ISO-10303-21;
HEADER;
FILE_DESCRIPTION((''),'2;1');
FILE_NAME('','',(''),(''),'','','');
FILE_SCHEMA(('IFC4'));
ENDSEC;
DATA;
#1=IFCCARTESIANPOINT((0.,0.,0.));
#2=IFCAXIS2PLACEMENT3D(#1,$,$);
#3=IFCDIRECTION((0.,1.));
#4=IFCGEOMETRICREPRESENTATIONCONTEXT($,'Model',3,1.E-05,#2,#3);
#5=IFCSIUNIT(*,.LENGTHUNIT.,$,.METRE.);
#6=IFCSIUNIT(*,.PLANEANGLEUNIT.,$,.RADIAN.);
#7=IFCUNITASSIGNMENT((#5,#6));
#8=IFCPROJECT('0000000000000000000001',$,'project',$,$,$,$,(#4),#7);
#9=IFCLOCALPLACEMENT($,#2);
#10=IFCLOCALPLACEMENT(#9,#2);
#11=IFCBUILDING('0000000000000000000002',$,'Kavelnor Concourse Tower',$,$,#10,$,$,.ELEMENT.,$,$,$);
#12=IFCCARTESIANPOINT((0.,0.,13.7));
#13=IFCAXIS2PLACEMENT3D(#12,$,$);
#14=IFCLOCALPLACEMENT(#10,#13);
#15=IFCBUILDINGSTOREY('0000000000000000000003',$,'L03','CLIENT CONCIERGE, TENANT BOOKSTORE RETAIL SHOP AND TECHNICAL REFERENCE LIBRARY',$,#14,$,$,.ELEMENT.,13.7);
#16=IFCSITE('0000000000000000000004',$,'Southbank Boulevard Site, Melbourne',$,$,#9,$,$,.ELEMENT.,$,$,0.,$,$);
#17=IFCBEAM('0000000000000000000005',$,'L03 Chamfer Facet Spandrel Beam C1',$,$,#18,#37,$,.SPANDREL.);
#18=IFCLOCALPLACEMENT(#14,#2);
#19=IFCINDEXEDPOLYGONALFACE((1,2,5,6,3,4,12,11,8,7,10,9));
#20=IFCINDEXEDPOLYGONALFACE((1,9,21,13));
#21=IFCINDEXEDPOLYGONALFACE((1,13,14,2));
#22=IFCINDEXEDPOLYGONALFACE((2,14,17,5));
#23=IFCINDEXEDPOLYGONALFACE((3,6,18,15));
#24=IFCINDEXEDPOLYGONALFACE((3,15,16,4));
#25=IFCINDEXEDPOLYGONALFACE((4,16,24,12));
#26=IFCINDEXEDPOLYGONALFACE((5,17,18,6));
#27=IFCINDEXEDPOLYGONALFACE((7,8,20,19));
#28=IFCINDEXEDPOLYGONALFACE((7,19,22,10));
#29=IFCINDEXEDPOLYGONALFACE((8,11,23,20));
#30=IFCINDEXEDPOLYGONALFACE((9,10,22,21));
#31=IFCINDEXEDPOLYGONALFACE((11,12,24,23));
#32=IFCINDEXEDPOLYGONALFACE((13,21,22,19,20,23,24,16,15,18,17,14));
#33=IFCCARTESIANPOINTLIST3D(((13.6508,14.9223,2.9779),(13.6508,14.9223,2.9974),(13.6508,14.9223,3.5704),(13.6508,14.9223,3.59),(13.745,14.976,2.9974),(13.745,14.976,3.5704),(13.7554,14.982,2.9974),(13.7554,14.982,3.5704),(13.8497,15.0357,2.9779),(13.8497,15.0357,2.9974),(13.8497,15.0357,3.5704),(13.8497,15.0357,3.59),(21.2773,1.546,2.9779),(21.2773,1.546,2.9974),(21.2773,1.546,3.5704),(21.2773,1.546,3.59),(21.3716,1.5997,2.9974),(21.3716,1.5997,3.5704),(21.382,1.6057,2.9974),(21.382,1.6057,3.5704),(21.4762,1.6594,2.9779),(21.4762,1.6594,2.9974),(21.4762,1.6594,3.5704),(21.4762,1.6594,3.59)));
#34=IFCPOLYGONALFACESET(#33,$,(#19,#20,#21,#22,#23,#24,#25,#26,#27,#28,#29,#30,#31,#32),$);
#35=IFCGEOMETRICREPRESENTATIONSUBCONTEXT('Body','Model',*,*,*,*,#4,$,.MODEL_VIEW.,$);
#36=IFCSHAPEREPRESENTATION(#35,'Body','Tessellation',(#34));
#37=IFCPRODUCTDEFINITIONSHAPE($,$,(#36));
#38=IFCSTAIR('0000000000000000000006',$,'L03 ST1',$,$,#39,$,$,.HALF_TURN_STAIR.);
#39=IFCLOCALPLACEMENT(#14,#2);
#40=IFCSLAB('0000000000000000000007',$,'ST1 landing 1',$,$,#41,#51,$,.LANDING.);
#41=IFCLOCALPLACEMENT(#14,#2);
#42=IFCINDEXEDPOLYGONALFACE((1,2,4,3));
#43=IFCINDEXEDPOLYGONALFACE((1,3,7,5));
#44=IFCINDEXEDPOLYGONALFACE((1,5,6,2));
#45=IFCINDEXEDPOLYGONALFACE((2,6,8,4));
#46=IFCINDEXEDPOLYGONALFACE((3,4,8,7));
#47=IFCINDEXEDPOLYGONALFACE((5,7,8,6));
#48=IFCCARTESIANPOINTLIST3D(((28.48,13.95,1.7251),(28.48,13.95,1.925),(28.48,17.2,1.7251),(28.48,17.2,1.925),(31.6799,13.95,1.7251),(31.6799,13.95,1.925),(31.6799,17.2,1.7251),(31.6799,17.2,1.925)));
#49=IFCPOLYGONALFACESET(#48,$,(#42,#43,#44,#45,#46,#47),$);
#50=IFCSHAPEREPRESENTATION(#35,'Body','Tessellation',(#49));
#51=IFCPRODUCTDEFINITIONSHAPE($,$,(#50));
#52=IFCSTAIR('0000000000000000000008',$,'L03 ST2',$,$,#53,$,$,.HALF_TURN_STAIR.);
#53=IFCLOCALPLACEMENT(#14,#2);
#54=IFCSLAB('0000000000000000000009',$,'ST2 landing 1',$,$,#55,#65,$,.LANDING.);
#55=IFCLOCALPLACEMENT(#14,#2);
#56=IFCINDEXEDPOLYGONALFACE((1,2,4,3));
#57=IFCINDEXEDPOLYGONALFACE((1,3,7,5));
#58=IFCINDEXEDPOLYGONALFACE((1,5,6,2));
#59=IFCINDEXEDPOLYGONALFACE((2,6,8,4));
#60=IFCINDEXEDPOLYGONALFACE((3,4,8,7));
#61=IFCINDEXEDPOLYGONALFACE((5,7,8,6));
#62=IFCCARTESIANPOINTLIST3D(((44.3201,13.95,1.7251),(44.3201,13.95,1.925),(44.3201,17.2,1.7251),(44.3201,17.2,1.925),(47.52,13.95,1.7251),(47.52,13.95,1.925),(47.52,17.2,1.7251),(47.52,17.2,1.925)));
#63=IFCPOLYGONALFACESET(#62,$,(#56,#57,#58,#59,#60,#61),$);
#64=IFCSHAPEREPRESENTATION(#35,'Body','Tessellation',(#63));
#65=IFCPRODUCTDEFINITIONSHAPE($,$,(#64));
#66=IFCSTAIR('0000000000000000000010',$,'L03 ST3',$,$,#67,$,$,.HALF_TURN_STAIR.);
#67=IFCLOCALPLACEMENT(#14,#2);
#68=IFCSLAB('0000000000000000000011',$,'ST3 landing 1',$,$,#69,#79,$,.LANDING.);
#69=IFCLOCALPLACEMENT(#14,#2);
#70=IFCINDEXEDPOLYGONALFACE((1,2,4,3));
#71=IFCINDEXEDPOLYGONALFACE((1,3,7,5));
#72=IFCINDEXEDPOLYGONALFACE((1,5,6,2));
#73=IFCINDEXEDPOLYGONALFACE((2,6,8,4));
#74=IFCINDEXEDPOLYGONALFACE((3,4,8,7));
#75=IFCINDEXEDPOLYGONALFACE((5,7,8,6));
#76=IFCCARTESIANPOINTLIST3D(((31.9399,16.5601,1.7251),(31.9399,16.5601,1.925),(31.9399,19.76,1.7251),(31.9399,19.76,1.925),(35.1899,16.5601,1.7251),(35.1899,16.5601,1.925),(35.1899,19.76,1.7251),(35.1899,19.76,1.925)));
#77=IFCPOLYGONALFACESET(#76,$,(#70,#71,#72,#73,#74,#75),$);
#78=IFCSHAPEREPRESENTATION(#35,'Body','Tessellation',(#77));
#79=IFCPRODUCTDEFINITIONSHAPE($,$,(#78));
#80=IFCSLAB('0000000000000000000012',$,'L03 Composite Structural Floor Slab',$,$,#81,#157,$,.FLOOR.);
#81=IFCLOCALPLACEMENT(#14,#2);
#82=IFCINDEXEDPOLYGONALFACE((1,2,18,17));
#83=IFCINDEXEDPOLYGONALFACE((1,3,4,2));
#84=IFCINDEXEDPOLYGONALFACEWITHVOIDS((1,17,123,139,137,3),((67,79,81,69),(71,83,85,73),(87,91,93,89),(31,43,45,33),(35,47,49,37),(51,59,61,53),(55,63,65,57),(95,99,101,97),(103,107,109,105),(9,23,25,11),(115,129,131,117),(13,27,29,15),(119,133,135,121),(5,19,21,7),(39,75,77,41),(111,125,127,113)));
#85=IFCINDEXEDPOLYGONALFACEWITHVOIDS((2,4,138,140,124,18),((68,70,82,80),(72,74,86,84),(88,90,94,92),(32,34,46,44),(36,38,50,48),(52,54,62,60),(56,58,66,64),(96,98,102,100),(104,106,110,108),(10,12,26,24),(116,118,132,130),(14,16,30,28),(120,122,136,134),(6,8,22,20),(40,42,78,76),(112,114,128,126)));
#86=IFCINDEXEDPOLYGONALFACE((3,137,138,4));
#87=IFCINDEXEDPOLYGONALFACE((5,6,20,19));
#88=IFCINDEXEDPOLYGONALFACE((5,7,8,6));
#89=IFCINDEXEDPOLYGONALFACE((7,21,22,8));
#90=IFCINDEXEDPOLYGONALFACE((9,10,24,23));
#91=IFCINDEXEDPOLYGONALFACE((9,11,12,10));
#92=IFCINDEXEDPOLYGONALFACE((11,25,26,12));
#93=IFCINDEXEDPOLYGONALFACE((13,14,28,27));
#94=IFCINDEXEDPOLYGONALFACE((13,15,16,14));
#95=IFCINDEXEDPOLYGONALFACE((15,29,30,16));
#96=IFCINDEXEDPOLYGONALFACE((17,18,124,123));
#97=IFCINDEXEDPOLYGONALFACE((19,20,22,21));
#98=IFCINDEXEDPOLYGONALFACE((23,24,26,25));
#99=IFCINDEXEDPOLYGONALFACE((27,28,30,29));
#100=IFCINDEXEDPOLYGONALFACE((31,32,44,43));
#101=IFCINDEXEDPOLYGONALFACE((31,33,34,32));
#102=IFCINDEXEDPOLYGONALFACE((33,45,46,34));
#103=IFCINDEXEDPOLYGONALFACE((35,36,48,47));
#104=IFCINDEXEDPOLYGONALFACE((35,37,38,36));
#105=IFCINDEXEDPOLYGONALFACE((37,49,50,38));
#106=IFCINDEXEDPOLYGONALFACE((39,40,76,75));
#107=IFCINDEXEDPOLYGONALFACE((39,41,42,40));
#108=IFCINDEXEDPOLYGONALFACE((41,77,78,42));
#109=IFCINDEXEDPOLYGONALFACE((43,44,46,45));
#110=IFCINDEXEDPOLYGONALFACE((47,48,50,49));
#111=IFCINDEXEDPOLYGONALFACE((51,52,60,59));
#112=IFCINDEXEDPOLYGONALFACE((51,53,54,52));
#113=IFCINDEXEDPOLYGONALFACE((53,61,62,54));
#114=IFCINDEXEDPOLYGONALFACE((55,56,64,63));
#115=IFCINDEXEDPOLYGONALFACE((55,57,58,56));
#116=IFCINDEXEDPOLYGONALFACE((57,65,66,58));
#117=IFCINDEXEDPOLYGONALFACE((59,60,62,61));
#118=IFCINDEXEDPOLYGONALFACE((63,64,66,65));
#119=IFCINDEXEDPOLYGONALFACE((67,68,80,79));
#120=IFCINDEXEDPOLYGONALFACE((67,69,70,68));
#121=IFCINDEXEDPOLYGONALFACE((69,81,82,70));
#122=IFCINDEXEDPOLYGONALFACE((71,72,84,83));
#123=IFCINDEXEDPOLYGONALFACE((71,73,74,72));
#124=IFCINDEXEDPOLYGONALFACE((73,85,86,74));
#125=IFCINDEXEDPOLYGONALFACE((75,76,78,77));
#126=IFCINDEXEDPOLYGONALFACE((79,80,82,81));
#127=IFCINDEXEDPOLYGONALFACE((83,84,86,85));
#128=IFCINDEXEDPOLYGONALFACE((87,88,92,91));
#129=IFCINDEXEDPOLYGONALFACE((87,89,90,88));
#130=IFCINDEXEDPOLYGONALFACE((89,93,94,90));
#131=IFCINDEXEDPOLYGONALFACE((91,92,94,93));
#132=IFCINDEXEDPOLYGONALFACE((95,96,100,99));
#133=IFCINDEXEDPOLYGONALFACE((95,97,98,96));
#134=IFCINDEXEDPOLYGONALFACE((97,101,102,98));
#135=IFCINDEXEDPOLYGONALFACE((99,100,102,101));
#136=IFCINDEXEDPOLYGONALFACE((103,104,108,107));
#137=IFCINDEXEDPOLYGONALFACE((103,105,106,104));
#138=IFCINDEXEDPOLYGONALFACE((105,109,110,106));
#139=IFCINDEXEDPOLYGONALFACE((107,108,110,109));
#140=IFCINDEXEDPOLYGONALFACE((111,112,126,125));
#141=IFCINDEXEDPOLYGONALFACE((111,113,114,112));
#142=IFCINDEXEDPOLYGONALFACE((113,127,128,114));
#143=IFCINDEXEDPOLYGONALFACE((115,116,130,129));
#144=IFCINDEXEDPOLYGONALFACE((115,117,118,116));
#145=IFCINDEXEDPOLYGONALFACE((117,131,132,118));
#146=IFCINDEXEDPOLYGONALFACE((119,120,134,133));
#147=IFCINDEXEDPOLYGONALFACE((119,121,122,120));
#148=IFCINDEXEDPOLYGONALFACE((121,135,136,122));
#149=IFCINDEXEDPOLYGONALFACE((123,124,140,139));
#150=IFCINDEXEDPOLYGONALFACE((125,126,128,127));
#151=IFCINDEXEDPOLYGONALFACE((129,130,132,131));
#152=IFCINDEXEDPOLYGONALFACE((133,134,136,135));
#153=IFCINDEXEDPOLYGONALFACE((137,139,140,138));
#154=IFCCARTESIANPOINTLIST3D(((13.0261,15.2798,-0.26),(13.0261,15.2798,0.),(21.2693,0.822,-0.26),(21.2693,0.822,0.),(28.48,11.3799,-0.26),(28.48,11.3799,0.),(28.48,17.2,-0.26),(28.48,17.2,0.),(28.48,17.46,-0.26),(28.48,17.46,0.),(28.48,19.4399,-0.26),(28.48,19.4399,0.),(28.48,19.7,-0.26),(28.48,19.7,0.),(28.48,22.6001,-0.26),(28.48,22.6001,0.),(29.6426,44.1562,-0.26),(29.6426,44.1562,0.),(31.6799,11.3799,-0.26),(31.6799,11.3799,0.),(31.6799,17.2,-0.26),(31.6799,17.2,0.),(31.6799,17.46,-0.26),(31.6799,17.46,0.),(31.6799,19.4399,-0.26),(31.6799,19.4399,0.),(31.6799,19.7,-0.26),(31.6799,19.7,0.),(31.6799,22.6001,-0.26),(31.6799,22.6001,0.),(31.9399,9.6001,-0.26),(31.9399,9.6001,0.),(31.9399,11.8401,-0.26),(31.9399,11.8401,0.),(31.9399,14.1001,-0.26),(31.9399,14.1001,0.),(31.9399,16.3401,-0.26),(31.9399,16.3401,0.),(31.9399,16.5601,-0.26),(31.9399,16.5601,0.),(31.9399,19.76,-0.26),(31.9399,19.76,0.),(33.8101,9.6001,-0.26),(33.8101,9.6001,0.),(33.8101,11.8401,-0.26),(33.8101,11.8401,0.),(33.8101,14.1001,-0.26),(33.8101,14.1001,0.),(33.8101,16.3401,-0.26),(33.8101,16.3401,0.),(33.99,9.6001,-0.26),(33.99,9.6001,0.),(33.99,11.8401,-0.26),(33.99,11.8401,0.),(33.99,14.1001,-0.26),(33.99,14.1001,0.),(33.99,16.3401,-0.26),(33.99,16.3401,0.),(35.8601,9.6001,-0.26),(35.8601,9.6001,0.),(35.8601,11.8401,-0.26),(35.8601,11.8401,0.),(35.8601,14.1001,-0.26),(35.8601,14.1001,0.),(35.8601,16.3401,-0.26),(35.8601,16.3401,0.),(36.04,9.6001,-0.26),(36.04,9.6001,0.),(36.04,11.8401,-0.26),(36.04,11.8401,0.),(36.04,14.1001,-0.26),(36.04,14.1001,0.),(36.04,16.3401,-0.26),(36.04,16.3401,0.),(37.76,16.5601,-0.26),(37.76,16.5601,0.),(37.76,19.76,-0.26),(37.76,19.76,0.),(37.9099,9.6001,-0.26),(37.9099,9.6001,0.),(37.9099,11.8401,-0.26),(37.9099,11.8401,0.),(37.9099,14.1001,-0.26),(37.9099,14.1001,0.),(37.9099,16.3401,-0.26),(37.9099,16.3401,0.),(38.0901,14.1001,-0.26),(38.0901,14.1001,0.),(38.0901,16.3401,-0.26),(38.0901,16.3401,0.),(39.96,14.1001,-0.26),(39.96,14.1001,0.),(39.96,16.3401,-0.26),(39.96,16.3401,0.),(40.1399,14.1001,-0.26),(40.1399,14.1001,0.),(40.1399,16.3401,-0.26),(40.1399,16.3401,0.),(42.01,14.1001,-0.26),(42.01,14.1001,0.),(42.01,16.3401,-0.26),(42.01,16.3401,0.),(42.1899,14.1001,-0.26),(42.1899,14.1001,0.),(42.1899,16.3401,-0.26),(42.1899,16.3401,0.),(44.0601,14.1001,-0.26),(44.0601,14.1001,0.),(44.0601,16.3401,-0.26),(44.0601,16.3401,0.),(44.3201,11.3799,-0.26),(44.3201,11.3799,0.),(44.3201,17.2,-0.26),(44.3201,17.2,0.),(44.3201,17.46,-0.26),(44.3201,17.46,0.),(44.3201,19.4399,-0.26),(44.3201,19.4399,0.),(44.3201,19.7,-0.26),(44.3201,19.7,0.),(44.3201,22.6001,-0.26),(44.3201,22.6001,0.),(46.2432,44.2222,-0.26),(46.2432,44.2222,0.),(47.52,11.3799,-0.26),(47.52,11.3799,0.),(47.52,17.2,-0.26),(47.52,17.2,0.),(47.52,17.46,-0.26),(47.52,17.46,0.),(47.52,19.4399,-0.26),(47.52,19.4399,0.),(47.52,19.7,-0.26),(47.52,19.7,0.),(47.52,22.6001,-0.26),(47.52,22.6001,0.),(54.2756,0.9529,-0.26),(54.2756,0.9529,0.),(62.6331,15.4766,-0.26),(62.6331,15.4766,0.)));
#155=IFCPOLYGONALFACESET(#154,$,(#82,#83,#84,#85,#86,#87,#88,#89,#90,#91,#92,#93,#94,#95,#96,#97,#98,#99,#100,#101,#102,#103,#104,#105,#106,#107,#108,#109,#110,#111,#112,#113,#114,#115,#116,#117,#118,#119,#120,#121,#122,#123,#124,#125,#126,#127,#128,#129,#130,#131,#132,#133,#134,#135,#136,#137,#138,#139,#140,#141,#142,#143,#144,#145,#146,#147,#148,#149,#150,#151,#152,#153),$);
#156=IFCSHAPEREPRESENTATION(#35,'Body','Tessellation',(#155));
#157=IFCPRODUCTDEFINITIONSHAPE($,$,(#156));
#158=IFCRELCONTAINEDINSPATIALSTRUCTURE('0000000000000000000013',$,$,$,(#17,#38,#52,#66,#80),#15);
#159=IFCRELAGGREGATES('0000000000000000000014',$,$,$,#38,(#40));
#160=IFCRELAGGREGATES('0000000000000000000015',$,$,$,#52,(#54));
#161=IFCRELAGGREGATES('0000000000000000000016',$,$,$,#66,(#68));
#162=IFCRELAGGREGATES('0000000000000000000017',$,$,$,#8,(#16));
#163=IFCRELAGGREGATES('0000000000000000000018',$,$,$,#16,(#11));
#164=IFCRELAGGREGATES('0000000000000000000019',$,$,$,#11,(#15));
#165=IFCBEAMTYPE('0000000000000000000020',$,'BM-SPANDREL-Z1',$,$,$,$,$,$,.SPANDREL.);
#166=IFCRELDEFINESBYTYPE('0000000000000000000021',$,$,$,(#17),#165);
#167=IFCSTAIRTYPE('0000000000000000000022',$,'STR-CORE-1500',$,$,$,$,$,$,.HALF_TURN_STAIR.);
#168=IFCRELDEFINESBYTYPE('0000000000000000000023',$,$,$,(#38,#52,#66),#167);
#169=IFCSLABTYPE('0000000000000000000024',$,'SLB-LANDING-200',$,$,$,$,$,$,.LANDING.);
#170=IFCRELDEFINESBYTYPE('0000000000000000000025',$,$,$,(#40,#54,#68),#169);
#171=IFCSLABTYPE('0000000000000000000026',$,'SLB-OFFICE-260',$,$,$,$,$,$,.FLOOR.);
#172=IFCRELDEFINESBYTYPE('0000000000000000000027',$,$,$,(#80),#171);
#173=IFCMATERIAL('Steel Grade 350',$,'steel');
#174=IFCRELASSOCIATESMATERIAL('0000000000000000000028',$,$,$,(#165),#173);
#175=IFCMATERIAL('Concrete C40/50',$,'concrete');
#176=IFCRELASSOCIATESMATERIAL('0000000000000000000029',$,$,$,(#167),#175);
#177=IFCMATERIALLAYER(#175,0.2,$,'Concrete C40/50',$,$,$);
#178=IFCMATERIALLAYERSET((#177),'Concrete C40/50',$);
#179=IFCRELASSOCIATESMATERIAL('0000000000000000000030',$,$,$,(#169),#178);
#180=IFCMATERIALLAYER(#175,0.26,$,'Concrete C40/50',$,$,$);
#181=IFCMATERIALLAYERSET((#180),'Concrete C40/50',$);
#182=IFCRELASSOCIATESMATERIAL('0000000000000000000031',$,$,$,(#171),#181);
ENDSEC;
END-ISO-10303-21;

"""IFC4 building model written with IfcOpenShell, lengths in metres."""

from ifc_helpers import new_model, si_unit, direction, frame, origin, origin_2d, place, context, subcontext, project, spatial, polyline, i_section, outline, extrude, material, layer, layer_set, material_profile, profile_set, type_object, element, aggregate, save


model = new_model("IFC4")

# Units and contexts
model_context = context("Model", 3, precision=1e-05, world=origin(), true_north=direction((0.0, 1.0)))
body_context = subcontext(model_context, "Body", "Model", "MODEL_VIEW")
ifc_project = project(units=[si_unit("LENGTHUNIT", "METRE"), si_unit("PLANEANGLEUNIT", "RADIAN")], contexts=[model_context])

# Site, building, storey
site_placement = place(None, origin())
site = spatial("IfcSite", under=ifc_project, at=site_placement, Name="Southbank Boulevard Site, Melbourne", CompositionType="ELEMENT", RefElevation=0.0)
building_placement = place(site_placement, origin())
building = spatial("IfcBuilding", under=site, at=building_placement, Name="Kavelnor Concourse Tower", CompositionType="ELEMENT")
storey_placement = place(building_placement, frame((0.0, 0.0, 13.7)))
storey = spatial("IfcBuildingStorey", under=building, at=storey_placement, Name="L03", Description="CLIENT CONCIERGE, TENANT BOOKSTORE RETAIL SHOP AND TECHNICAL REFERENCE LIBRARY", CompositionType="ELEMENT", Elevation=13.7)

# Beam
ifc_material_1 = material(Name="Steel Grade 350", Category="steel")
ifc_material_profile = material_profile(ifc_material_1, i_section(OverallWidth=0.229, OverallDepth=0.6121, WebThickness=0.012, FlangeThickness=0.0195, at=origin_2d()), Name="610UB125")
ifc_profile_set = profile_set([ifc_material_profile], Name="Steel Grade 350")
beam_type = type_object("IfcBeamType", Name="BM-SPANDREL-Z1", PredefinedType="SPANDREL", material=ifc_profile_set)
beam_placement = place(storey_placement, frame((13.7502, 14.979, 3.2839), z_axis=(0.495302, -0.868721, 0.0), x_axis=(0.868721, 0.495302, 0.0)))
element("IfcBeam", 1, at=beam_placement, inside=storey, type_object=beam_type, Name="L03 Chamfer Facet Spandrel Beam C1", PredefinedType="SPANDREL", context=body_context, shape_type="SweptSolid", body=[
    extrude(i_section(OverallWidth=0.229, OverallDepth=0.6121, WebThickness=0.012, FlangeThickness=0.0195, at=origin_2d()), origin(), (0.0, 0.0, 1.0), 15.3977),
])

# Stairs, slabs
ifc_material_2 = material(Name="Concrete C40/50", Category="concrete")
stair_type = type_object("IfcStairType", Name="STR-CORE-1500", PredefinedType="HALF_TURN_STAIR", material=ifc_material_2)
stair_1_placement = place(storey_placement, origin())
stair_1 = element("IfcStair", 2, at=stair_1_placement, inside=storey, type_object=stair_type, Name="L03 ST1", PredefinedType="HALF_TURN_STAIR")
ifc_layer_1 = layer(ifc_material_2, 0.2, Name="Concrete C40/50")
ifc_layer_set_1 = layer_set([ifc_layer_1], Name="Concrete C40/50")
slab_type_1 = type_object("IfcSlabType", Name="SLB-LANDING-200", PredefinedType="LANDING", material=ifc_layer_set_1)
slab_1_placement = place(storey_placement, frame((0.0, 0.0, 1.7251)))
slab_1 = element("IfcSlab", 3, at=slab_1_placement, type_object=slab_type_1, Name="ST1 landing 1", PredefinedType="LANDING", context=body_context, shape_type="SweptSolid", body=[
    extrude(outline(polyline([(31.6799, 13.95), (31.6799, 17.2), (28.48, 17.2), (28.48, 13.95), (31.6799, 13.95)])), origin(), (0.0, 0.0, 1.0), 0.2),
])
aggregate(stair_1, [slab_1])
stair_2_placement = place(storey_placement, origin())
stair_2 = element("IfcStair", 4, at=stair_2_placement, inside=storey, type_object=stair_type, Name="L03 ST2", PredefinedType="HALF_TURN_STAIR")
slab_2_placement = place(storey_placement, frame((0.0, 0.0, 1.7251)))
slab_2 = element("IfcSlab", 5, at=slab_2_placement, type_object=slab_type_1, Name="ST2 landing 1", PredefinedType="LANDING", context=body_context, shape_type="SweptSolid", body=[
    extrude(outline(polyline([(47.52, 13.95), (47.52, 17.2), (44.3201, 17.2), (44.3201, 13.95), (47.52, 13.95)])), origin(), (0.0, 0.0, 1.0), 0.2),
])
aggregate(stair_2, [slab_2])
stair_3_placement = place(storey_placement, origin())
stair_3 = element("IfcStair", 6, at=stair_3_placement, inside=storey, type_object=stair_type, Name="L03 ST3", PredefinedType="HALF_TURN_STAIR")
slab_3_placement = place(storey_placement, frame((0.0, 0.0, 1.7251)))
slab_3 = element("IfcSlab", 7, at=slab_3_placement, type_object=slab_type_1, Name="ST3 landing 1", PredefinedType="LANDING", context=body_context, shape_type="SweptSolid", body=[
    extrude(outline(polyline([(35.1899, 19.76), (31.9399, 19.76), (31.9399, 16.5601), (35.1899, 16.5601), (35.1899, 19.76)])), origin(), (0.0, 0.0, 1.0), 0.2),
])
aggregate(stair_3, [slab_3])

# Slab
ifc_layer_2 = layer(ifc_material_2, 0.26, Name="Concrete C40/50")
ifc_layer_set_2 = layer_set([ifc_layer_2], Name="Concrete C40/50")
slab_type_2 = type_object("IfcSlabType", Name="SLB-OFFICE-260", PredefinedType="FLOOR", material=ifc_layer_set_2)
slab_4_placement = place(storey_placement, frame((0.0, 0.0, -0.26)))
element("IfcSlab", 8, at=slab_4_placement, inside=storey, type_object=slab_type_2, Name="L03 Composite Structural Floor Slab", PredefinedType="FLOOR", context=body_context, shape_type="SweptSolid", body=[
    extrude(outline(polyline([(46.2432, 44.2222), (29.6426, 44.1562), (13.0261, 15.2798), (21.2693, 0.822), (54.2756, 0.9529), (62.6331, 15.4766), (46.2432, 44.2222)]), holes=[polyline([(28.48, 11.3799), (31.6799, 11.3799), (31.6799, 17.2), (28.48, 17.2), (28.48, 11.3799)]), polyline([(44.3201, 11.3799), (47.52, 11.3799), (47.52, 17.2), (44.3201, 17.2), (44.3201, 11.3799)]), polyline([(31.9399, 16.5601), (37.76, 16.5601), (37.76, 19.76), (31.9399, 19.76), (31.9399, 16.5601)]), polyline([(28.48, 19.7), (31.6799, 19.7), (31.6799, 22.6001), (28.48, 22.6001), (28.48, 19.7)]), polyline([(44.3201, 19.7), (47.52, 19.7), (47.52, 22.6001), (44.3201, 22.6001), (44.3201, 19.7)]), polyline([(31.9399, 14.1001), (33.8101, 14.1001), (33.8101, 16.3401), (31.9399, 16.3401), (31.9399, 14.1001)]), polyline([(33.99, 14.1001), (35.8601, 14.1001), (35.8601, 16.3401), (33.99, 16.3401), (33.99, 14.1001)]), polyline([(36.04, 14.1001), (37.9099, 14.1001), (37.9099, 16.3401), (36.04, 16.3401), (36.04, 14.1001)]), polyline([(38.0901, 14.1001), (39.96, 14.1001), (39.96, 16.3401), (38.0901, 16.3401), (38.0901, 14.1001)]), polyline([(40.1399, 14.1001), (42.01, 14.1001), (42.01, 16.3401), (40.1399, 16.3401), (40.1399, 14.1001)]), polyline([(42.1899, 14.1001), (44.0601, 14.1001), (44.0601, 16.3401), (42.1899, 16.3401), (42.1899, 14.1001)]), polyline([(31.9399, 9.6001), (33.8101, 9.6001), (33.8101, 11.8401), (31.9399, 11.8401), (31.9399, 9.6001)]), polyline([(33.99, 9.6001), (35.8601, 9.6001), (35.8601, 11.8401), (33.99, 11.8401), (33.99, 9.6001)]), polyline([(36.04, 9.6001), (37.9099, 9.6001), (37.9099, 11.8401), (36.04, 11.8401), (36.04, 9.6001)]), polyline([(28.48, 17.46), (31.6799, 17.46), (31.6799, 19.4399), (28.48, 19.4399), (28.48, 17.46)]), polyline([(44.3201, 17.46), (47.52, 17.46), (47.52, 19.4399), (44.3201, 19.4399), (44.3201, 17.46)])]), origin(), (0.0, 0.0, 1.0), 0.26),
])

save(model, "model.ifc")
